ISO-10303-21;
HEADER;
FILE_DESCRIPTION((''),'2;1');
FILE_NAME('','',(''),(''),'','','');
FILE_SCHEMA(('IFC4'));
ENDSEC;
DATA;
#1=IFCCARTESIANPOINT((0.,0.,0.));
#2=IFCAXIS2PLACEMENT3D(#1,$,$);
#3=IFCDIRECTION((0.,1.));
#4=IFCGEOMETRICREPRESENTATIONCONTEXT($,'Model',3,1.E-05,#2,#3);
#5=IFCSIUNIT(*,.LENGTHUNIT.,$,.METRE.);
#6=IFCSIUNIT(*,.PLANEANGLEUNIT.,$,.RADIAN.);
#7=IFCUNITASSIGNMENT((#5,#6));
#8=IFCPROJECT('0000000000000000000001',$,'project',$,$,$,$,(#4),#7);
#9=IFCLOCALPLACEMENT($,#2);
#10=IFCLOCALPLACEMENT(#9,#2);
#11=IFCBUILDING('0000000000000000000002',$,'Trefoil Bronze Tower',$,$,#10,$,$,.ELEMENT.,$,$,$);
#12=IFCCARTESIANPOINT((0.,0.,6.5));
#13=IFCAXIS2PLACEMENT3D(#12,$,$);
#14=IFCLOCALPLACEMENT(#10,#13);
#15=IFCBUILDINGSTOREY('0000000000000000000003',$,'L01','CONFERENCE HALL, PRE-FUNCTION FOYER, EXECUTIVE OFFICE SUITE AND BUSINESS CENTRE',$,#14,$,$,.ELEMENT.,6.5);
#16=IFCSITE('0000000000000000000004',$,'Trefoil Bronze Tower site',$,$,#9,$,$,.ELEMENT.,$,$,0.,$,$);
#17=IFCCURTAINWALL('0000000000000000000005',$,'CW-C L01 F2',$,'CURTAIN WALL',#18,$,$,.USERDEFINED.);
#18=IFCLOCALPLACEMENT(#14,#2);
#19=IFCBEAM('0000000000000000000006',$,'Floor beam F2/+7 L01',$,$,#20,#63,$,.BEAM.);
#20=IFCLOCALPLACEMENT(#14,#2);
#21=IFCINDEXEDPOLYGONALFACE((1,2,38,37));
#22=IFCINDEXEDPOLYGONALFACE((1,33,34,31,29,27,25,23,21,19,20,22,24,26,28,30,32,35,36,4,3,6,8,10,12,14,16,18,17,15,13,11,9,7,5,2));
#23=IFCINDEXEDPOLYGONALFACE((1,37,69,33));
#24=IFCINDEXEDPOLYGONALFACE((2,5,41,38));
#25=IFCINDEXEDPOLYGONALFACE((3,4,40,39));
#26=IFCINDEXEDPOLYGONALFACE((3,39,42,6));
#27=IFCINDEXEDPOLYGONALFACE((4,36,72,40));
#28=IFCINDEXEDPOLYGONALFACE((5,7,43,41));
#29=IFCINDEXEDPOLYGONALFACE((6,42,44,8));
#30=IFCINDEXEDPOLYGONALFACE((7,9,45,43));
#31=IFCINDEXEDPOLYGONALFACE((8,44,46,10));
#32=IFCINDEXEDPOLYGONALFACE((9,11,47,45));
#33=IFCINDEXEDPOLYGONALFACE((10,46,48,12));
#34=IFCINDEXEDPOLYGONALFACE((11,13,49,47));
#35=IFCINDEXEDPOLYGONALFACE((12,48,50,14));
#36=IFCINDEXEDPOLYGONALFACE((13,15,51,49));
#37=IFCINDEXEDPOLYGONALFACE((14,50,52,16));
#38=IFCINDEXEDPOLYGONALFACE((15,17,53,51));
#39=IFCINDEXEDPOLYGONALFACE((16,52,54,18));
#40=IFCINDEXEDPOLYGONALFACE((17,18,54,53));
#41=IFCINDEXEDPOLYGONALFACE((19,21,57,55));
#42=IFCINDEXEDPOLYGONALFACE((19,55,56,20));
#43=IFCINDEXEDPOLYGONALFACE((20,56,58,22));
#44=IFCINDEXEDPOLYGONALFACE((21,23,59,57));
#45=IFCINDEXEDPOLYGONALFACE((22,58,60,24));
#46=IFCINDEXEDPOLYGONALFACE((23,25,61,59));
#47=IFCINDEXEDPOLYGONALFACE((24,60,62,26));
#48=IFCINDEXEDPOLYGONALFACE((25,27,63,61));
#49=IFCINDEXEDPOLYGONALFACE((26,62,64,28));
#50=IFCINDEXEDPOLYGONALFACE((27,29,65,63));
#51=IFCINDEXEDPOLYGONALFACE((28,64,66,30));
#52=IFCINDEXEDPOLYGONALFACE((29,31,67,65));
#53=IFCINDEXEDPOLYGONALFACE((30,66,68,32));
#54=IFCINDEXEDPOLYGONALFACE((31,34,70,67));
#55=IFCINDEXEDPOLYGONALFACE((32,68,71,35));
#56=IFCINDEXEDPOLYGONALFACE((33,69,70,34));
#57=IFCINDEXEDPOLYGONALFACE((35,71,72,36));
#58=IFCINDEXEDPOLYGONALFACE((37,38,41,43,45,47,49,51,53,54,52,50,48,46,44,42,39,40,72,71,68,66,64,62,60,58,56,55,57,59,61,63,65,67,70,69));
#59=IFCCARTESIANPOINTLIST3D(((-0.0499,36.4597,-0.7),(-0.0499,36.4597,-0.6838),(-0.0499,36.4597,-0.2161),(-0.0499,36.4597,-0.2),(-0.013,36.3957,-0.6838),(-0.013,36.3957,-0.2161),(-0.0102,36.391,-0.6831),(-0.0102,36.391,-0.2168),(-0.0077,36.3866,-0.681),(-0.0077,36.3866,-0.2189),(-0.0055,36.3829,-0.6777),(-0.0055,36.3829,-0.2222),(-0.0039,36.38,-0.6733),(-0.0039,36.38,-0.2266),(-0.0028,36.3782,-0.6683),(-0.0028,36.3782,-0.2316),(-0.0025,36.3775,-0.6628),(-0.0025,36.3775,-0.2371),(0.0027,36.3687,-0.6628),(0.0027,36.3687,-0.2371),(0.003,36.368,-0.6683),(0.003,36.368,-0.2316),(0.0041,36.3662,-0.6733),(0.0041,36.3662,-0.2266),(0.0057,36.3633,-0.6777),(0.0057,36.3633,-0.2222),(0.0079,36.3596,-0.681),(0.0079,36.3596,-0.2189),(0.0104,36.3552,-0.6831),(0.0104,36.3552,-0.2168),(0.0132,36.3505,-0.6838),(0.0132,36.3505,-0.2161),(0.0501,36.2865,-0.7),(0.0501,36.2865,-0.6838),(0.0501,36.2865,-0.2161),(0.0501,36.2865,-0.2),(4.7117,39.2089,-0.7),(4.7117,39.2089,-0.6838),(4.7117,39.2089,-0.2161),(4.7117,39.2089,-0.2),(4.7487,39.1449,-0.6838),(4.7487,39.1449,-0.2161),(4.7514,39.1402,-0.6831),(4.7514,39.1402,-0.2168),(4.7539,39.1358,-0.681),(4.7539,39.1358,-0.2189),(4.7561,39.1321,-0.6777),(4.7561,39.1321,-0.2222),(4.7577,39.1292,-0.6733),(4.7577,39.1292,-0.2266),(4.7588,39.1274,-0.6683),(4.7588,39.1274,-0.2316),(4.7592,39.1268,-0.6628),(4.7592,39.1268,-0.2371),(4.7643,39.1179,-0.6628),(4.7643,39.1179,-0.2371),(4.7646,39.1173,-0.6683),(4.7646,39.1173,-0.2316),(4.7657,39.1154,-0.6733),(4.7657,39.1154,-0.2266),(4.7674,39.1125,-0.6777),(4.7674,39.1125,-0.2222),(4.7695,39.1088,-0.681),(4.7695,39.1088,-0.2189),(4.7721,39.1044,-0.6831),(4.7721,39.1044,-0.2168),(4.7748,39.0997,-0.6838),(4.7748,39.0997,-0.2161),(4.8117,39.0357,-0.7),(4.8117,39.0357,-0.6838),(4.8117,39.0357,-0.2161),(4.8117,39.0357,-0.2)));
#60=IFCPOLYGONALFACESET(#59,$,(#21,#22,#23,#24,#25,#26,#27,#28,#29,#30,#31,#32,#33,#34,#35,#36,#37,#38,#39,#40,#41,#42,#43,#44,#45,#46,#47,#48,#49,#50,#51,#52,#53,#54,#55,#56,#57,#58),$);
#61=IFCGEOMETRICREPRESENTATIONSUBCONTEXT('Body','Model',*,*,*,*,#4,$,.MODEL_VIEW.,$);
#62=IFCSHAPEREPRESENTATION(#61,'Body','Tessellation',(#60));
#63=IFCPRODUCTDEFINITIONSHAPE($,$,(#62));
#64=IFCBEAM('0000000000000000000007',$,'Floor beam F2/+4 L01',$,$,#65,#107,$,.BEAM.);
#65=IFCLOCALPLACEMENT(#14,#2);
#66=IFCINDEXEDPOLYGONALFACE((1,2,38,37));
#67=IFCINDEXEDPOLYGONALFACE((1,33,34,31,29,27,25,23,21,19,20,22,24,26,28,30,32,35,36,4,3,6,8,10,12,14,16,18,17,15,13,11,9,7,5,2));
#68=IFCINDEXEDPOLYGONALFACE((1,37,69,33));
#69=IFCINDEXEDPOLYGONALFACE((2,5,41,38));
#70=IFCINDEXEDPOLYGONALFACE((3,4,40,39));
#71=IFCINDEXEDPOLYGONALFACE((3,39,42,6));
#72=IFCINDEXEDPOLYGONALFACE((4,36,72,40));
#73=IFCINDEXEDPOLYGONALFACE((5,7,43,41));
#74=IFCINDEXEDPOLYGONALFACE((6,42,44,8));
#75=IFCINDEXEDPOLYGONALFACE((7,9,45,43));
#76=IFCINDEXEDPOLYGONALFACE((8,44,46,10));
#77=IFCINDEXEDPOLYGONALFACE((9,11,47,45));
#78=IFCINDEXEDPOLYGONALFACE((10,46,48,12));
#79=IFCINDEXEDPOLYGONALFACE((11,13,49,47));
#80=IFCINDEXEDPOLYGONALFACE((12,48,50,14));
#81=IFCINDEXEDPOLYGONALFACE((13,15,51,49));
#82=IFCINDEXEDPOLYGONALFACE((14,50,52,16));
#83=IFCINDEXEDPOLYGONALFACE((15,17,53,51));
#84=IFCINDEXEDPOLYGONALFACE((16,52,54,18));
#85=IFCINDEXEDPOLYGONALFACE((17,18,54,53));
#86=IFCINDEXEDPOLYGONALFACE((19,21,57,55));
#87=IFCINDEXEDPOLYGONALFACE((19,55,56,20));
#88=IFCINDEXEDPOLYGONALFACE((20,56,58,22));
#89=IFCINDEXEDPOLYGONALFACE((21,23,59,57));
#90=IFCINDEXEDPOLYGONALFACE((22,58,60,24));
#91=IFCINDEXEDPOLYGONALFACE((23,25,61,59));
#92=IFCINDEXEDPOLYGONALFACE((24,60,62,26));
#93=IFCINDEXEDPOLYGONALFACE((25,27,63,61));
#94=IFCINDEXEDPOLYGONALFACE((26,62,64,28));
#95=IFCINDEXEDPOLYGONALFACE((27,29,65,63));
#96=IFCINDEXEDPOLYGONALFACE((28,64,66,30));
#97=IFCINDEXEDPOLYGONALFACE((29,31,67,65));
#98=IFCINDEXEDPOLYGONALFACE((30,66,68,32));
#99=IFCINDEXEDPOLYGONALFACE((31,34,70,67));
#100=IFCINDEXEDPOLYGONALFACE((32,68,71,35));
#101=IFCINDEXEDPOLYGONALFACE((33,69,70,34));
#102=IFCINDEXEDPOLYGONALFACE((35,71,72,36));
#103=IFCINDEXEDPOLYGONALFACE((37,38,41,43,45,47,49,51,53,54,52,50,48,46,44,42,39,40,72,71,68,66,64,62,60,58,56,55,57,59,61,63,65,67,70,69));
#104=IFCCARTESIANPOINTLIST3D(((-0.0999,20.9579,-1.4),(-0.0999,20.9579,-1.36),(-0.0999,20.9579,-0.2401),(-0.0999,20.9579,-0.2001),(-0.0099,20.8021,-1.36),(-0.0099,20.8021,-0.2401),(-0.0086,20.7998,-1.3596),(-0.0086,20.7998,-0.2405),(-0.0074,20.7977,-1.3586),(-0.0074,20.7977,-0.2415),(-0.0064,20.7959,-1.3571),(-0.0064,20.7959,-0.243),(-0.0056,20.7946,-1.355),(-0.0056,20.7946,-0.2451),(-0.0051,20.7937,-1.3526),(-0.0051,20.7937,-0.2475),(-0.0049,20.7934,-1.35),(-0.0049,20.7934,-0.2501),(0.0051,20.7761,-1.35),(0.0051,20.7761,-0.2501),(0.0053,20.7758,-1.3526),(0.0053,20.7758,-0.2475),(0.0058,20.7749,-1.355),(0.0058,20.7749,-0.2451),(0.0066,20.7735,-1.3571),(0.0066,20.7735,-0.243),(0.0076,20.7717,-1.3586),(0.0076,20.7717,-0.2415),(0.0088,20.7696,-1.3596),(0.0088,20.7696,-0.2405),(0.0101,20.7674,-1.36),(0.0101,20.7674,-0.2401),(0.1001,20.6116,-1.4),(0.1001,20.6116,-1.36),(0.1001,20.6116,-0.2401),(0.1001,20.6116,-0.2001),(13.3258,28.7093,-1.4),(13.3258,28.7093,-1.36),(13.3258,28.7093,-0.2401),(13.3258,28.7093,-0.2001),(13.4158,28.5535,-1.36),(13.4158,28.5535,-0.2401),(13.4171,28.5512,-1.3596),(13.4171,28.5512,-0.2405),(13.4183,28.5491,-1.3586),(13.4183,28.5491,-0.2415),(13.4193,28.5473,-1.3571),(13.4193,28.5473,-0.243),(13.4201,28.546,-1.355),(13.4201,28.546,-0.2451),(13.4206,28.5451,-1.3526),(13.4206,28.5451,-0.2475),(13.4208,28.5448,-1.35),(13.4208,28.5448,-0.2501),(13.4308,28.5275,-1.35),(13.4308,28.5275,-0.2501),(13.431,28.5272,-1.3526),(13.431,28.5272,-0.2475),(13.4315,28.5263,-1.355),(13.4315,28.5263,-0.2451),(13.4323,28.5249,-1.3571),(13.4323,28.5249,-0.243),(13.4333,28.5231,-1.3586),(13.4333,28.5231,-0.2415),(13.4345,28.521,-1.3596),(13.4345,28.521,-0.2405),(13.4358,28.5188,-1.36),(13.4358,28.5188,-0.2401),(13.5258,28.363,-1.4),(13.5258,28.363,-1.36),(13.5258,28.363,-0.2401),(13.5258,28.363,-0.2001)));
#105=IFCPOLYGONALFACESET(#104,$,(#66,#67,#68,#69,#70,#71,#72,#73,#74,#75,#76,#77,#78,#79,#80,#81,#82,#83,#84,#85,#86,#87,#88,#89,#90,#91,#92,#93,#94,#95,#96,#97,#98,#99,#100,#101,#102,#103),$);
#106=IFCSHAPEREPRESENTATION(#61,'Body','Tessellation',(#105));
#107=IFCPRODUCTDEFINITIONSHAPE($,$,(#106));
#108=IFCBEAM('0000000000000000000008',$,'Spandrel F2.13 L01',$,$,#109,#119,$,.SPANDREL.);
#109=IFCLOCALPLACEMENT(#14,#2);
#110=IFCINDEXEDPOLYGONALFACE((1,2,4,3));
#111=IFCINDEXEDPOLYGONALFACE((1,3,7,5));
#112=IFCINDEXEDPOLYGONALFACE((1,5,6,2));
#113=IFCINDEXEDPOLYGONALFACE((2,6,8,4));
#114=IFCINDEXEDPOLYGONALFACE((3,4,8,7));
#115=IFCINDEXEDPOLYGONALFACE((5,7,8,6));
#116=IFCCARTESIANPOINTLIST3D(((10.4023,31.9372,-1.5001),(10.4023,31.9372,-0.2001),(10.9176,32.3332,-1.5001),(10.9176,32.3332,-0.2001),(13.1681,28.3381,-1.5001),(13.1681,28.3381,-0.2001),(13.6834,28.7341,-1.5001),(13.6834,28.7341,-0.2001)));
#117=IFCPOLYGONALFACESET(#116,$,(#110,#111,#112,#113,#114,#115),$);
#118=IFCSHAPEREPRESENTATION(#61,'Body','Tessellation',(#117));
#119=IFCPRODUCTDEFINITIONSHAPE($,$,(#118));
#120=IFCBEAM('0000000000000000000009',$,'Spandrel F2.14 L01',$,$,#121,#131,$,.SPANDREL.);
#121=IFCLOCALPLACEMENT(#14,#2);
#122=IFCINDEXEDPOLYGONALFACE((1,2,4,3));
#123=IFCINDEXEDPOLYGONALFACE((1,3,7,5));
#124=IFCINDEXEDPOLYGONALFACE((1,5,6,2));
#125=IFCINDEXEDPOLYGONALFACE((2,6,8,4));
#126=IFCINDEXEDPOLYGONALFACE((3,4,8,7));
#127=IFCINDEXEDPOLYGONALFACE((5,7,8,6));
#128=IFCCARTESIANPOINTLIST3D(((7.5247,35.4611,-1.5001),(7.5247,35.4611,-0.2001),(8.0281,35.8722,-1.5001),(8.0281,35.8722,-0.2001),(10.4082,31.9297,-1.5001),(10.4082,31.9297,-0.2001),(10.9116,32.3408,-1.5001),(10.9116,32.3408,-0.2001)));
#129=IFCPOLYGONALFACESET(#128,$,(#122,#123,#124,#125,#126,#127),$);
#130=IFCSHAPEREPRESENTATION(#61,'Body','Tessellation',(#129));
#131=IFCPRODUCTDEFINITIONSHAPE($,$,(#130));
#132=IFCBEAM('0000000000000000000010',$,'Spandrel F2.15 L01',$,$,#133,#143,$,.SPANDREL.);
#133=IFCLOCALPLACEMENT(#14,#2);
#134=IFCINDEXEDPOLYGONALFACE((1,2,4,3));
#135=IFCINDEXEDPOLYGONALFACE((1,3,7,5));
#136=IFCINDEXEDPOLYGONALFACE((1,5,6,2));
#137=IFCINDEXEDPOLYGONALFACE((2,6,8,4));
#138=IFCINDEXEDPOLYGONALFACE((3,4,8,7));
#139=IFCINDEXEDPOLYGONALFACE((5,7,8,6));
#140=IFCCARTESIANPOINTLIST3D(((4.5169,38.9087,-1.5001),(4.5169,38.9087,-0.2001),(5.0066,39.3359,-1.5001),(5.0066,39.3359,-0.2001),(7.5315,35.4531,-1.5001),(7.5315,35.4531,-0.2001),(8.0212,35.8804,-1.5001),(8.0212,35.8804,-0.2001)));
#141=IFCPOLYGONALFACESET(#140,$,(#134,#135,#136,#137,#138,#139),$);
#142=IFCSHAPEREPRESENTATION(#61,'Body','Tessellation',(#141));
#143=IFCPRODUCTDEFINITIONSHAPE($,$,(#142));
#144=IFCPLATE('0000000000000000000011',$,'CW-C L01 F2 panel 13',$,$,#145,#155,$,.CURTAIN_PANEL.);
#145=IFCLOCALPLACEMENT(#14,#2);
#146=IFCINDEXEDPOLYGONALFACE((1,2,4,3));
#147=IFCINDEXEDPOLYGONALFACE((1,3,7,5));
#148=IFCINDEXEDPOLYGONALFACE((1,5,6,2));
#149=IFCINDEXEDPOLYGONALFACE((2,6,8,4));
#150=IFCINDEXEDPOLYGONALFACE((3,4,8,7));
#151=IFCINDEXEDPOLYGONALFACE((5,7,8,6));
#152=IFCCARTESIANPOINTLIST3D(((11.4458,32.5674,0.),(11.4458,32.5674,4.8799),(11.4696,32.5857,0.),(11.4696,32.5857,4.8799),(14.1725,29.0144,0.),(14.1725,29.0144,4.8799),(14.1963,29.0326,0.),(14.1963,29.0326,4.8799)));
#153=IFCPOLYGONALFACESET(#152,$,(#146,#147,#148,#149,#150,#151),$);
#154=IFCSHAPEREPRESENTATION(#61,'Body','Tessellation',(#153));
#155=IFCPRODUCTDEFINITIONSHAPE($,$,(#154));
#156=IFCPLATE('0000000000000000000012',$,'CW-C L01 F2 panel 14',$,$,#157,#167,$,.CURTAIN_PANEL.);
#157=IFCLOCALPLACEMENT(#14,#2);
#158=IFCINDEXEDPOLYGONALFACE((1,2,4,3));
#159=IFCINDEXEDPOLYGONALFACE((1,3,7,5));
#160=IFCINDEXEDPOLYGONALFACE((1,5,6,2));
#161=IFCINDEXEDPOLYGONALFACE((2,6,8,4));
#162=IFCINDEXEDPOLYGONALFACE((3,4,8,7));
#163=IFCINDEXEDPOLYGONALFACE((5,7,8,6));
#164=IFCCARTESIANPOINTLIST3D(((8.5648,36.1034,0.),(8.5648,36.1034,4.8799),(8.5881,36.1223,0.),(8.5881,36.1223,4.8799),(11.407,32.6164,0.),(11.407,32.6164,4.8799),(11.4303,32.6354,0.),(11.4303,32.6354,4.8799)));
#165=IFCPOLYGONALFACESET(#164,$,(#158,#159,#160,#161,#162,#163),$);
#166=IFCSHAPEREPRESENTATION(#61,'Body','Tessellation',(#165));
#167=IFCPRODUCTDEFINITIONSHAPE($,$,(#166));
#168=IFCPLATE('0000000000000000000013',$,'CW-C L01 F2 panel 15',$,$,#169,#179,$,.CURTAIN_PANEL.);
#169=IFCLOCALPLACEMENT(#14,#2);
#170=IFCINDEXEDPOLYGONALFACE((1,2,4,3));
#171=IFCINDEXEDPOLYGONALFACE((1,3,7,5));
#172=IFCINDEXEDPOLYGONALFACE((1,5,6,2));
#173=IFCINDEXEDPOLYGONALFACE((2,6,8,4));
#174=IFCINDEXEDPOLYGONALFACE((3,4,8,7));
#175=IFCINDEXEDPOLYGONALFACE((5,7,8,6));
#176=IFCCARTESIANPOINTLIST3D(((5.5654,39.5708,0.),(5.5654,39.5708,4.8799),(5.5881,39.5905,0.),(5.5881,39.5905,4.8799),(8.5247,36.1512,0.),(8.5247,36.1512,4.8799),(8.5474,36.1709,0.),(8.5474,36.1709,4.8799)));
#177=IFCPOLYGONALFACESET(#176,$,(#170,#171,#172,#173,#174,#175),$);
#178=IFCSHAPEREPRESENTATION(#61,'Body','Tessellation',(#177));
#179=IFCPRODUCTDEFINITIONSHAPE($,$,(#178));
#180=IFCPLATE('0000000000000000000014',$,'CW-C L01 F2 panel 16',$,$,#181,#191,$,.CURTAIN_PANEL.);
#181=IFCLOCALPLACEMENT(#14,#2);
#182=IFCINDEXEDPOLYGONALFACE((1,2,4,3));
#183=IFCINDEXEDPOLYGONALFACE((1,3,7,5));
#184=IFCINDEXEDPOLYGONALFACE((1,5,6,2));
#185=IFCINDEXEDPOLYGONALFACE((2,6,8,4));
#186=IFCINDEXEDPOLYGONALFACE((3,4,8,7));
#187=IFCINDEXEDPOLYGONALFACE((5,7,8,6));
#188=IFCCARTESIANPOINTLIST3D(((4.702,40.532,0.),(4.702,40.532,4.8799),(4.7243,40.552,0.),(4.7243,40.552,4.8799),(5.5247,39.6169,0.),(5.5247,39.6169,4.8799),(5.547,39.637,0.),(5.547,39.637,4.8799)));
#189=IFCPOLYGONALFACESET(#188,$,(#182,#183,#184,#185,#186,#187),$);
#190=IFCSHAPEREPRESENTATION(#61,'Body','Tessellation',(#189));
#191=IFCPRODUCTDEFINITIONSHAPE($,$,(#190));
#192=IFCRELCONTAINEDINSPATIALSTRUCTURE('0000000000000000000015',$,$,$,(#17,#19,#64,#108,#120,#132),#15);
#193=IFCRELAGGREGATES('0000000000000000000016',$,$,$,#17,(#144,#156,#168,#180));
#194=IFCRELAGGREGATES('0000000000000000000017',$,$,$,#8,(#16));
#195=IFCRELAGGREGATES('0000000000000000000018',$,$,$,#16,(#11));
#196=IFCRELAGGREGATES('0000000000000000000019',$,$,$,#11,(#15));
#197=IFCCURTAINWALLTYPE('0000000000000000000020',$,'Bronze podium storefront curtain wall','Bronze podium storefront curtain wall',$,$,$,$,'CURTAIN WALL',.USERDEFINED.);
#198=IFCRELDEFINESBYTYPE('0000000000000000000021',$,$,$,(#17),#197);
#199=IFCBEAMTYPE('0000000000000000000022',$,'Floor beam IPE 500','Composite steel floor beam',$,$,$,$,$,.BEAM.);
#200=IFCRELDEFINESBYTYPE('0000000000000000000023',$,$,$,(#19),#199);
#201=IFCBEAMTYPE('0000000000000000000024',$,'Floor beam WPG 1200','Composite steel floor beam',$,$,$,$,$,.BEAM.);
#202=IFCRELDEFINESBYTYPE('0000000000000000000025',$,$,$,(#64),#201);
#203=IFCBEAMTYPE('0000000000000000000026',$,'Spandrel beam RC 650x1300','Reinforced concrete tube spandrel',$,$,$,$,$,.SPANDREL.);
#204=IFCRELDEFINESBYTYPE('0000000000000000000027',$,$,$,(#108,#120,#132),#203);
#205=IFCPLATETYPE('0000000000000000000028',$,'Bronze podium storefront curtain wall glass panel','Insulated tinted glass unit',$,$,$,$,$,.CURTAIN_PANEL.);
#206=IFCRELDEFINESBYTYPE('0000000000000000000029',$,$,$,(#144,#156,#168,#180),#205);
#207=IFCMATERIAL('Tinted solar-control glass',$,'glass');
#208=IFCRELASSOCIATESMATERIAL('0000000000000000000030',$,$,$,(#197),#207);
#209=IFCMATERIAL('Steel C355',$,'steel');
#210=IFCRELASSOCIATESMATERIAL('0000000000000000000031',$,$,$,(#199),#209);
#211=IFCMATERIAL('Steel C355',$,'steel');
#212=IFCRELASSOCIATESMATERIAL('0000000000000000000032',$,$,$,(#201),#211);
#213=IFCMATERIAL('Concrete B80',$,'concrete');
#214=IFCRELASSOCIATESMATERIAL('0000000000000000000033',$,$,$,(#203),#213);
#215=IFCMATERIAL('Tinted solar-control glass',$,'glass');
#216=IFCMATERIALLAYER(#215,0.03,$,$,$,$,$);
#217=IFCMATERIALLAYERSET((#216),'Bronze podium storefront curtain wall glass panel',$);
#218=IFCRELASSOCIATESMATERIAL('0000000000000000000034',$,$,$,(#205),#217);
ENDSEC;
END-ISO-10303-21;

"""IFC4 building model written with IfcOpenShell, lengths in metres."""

from ifc_helpers import new_model, si_unit, direction, frame, origin, origin_2d, place, context, subcontext, project, spatial, rectangle, i_section, extrude, material, layer, layer_set, material_profile, profile_set, type_object, element, aggregate, save


model = new_model("IFC4")

# Units and contexts
model_context = context("Model", 3, precision=1e-05, world=origin(), true_north=direction((0.0, 1.0)))
body_context = subcontext(model_context, "Body", "Model", "MODEL_VIEW")
ifc_project = project(units=[si_unit("LENGTHUNIT", "METRE"), si_unit("PLANEANGLEUNIT", "RADIAN")], contexts=[model_context])

# Site, building, storey
site_placement = place(None, origin())
site = spatial("IfcSite", under=ifc_project, at=site_placement, Name="Trefoil Bronze Tower site", CompositionType="ELEMENT", RefElevation=0.0)
building_placement = place(site_placement, origin())
building = spatial("IfcBuilding", under=site, at=building_placement, Name="Trefoil Bronze Tower", CompositionType="ELEMENT")
storey_placement = place(building_placement, frame((0.0, 0.0, 6.5)))
storey = spatial("IfcBuildingStorey", under=building, at=storey_placement, Name="L01", Description="CONFERENCE HALL, PRE-FUNCTION FOYER, EXECUTIVE OFFICE SUITE AND BUSINESS CENTRE", CompositionType="ELEMENT", Elevation=6.5)

# Curtain wall
ifc_material_1 = material(Name="Tinted solar-control glass", Category="glass")
curtain_wall_type_1 = type_object("IfcCurtainWallType", Name="Bronze podium storefront curtain wall", Description="Bronze podium storefront curtain wall", ElementType="CURTAIN WALL", PredefinedType="USERDEFINED", material=ifc_material_1)
curtain_wall_1_placement = place(storey_placement, origin())
curtain_wall_1 = element("IfcCurtainWall", 1, at=curtain_wall_1_placement, inside=storey, type_object=curtain_wall_type_1, Name="CW-C L01 F2", ObjectType="CURTAIN WALL", PredefinedType="USERDEFINED")

# Beams
ifc_material_2 = material(Name="Steel C355", Category="steel")
ifc_material_profile_1 = material_profile(ifc_material_2, i_section(OverallWidth=0.2, OverallDepth=0.5, WebThickness=0.0103, FlangeThickness=0.0161, FilletRadius=0.021, at=origin_2d()), Name="IPE 500")
ifc_profile_set_1 = profile_set([ifc_material_profile_1], Name="Steel C355")
beam_type_1 = type_object("IfcBeamType", Name="Floor beam IPE 500", Description="Composite steel floor beam", PredefinedType="BEAM", material=ifc_profile_set_1)
beam_1_placement = place(storey_placement, frame((4.7617, 39.1223, -0.45), z_axis=(-0.866018, -0.500012, 0.0), x_axis=(0.500012, -0.866018, 0.0)))
element("IfcBeam", 2, at=beam_1_placement, inside=storey, type_object=beam_type_1, Name="Floor beam F2/+7 L01", PredefinedType="BEAM", context=body_context, shape_type="SweptSolid", body=[
    extrude(i_section(OverallWidth=0.2, OverallDepth=0.5, WebThickness=0.0103, FlangeThickness=0.0161, FilletRadius=0.021, at=origin_2d()), origin(), (0.0, 0.0, 1.0), 5.4983),
])
ifc_material_3 = material(Name="Steel C355", Category="steel")
ifc_material_profile_2 = material_profile(ifc_material_3, i_section(OverallWidth=0.3999, OverallDepth=1.2, WebThickness=0.02, FlangeThickness=0.04, FilletRadius=0.01, at=origin_2d()), Name="WPG 1200")
ifc_profile_set_2 = profile_set([ifc_material_profile_2], Name="Steel C355")
beam_type_2 = type_object("IfcBeamType", Name="Floor beam WPG 1200", Description="Composite steel floor beam", PredefinedType="BEAM", material=ifc_profile_set_2)
beam_2_placement = place(storey_placement, frame((13.4258, 28.5361, -0.8), z_axis=(-0.866023, -0.500004, 0.0), x_axis=(0.500004, -0.866023, 0.0)))
element("IfcBeam", 3, at=beam_2_placement, inside=storey, type_object=beam_type_2, Name="Floor beam F2/+4 L01", PredefinedType="BEAM", context=body_context, shape_type="SweptSolid", body=[
    extrude(i_section(OverallWidth=0.3999, OverallDepth=1.2, WebThickness=0.02, FlangeThickness=0.04, FilletRadius=0.01, at=origin_2d()), origin(), (0.0, 0.0, 1.0), 15.5027),
])
ifc_material_4 = material(Name="Concrete B80", Category="concrete")
ifc_material_profile_3 = material_profile(ifc_material_4, rectangle(XDim=0.6499, YDim=1.3, at=origin_2d()), Name="RC 650x1300")
ifc_profile_set_3 = profile_set([ifc_material_profile_3], Name="Concrete B80")
beam_type_3 = type_object("IfcBeamType", Name="Spandrel beam RC 650x1300", Description="Reinforced concrete tube spandrel", PredefinedType="SPANDREL", material=ifc_profile_set_3)
beam_3_placement = place(storey_placement, frame((13.4258, 28.5361, -0.8501), z_axis=(-0.609339, 0.79291, 0.0), x_axis=(-0.79291, -0.609339, 0.0)))
element("IfcBeam", 4, at=beam_3_placement, inside=storey, type_object=beam_type_3, Name="Spandrel F2.13 L01", PredefinedType="SPANDREL", context=body_context, shape_type="SweptSolid", body=[
    extrude(rectangle(XDim=0.6499, YDim=1.3, at=origin_2d()), origin(), (0.0, 0.0, 1.0), 4.5391),
])
beam_4_placement = place(storey_placement, frame((10.6599, 32.1353, -0.8501), z_axis=(-0.632468, 0.774587, 0.0), x_axis=(-0.774587, -0.632468, 0.0)))
element("IfcBeam", 5, at=beam_4_placement, inside=storey, type_object=beam_type_3, Name="Spandrel F2.14 L01", PredefinedType="SPANDREL", context=body_context, shape_type="SweptSolid", body=[
    extrude(rectangle(XDim=0.6499, YDim=1.3, at=origin_2d()), origin(), (0.0, 0.0, 1.0), 4.5591),
])
beam_5_placement = place(storey_placement, frame((7.7764, 35.6667, -0.8501), z_axis=(-0.657396, 0.753545, 0.0), x_axis=(-0.753545, -0.657396, 0.0)))
element("IfcBeam", 6, at=beam_5_placement, inside=storey, type_object=beam_type_3, Name="Spandrel F2.15 L01", PredefinedType="SPANDREL", context=body_context, shape_type="SweptSolid", body=[
    extrude(rectangle(XDim=0.6499, YDim=1.3, at=origin_2d()), origin(), (0.0, 0.0, 1.0), 4.5857),
])

# Plates
ifc_material_5 = material(Name="Tinted solar-control glass", Category="glass")
ifc_layer_1 = layer(ifc_material_5, 0.03)
ifc_layer_set_1 = layer_set([ifc_layer_1], Name="Bronze podium storefront curtain wall glass panel")
plate_type_1 = type_object("IfcPlateType", Name="Bronze podium storefront curtain wall glass panel", Description="Insulated tinted glass unit", PredefinedType="CURTAIN_PANEL", material=ifc_layer_set_1)
plate_1_placement = place(storey_placement, frame((12.821, 30.8, 0.0), z_axis=(0.0, 0.0, 1.0), x_axis=(-0.608808, 0.793318, 0.0)))
plate_1 = element("IfcPlate", 7, at=plate_1_placement, type_object=plate_type_1, Name="CW-C L01 F2 panel 13", PredefinedType="CURTAIN_PANEL", context=body_context, shape_type="SweptSolid", body=[
    extrude(rectangle(XDim=4.4788, YDim=0.03, at=origin_2d()), origin(), (0.0, 0.0, 1.0), 4.8799),
])
plate_2_placement = place(storey_placement, frame((9.9976, 34.3694, 0.0), z_axis=(0.0, 0.0, 1.0), x_axis=(-0.631811, 0.775123, 0.0)))
plate_2 = element("IfcPlate", 8, at=plate_2_placement, type_object=plate_type_1, Name="CW-C L01 F2 panel 14", PredefinedType="CURTAIN_PANEL", context=body_context, shape_type="SweptSolid", body=[
    extrude(rectangle(XDim=4.4985, YDim=0.03, at=origin_2d()), origin(), (0.0, 0.0, 1.0), 4.8799),
])
plate_3_placement = place(storey_placement, frame((7.0564, 37.8708, 0.0), z_axis=(0.0, 0.0, 1.0), x_axis=(-0.654376, 0.756169, 0.0)))
plate_3 = element("IfcPlate", 9, at=plate_3_placement, type_object=plate_type_1, Name="CW-C L01 F2 panel 15", PredefinedType="CURTAIN_PANEL", context=body_context, shape_type="SweptSolid", body=[
    extrude(rectangle(XDim=4.5222, YDim=0.03, at=origin_2d()), origin(), (0.0, 0.0, 1.0), 4.8799),
])
plate_4_placement = place(storey_placement, frame((5.1245, 40.0845, 0.0), z_axis=(0.0, 0.0, 1.0), x_axis=(-0.668575, 0.743645, 0.0)))
plate_4 = element("IfcPlate", 10, at=plate_4_placement, type_object=plate_type_1, Name="CW-C L01 F2 panel 16", PredefinedType="CURTAIN_PANEL", context=body_context, shape_type="SweptSolid", body=[
    extrude(rectangle(XDim=1.2305, YDim=0.03, at=origin_2d()), origin(), (0.0, 0.0, 1.0), 4.8799),
])
aggregate(curtain_wall_1, [plate_1, plate_2, plate_3, plate_4])

save(model, "model.ifc")
